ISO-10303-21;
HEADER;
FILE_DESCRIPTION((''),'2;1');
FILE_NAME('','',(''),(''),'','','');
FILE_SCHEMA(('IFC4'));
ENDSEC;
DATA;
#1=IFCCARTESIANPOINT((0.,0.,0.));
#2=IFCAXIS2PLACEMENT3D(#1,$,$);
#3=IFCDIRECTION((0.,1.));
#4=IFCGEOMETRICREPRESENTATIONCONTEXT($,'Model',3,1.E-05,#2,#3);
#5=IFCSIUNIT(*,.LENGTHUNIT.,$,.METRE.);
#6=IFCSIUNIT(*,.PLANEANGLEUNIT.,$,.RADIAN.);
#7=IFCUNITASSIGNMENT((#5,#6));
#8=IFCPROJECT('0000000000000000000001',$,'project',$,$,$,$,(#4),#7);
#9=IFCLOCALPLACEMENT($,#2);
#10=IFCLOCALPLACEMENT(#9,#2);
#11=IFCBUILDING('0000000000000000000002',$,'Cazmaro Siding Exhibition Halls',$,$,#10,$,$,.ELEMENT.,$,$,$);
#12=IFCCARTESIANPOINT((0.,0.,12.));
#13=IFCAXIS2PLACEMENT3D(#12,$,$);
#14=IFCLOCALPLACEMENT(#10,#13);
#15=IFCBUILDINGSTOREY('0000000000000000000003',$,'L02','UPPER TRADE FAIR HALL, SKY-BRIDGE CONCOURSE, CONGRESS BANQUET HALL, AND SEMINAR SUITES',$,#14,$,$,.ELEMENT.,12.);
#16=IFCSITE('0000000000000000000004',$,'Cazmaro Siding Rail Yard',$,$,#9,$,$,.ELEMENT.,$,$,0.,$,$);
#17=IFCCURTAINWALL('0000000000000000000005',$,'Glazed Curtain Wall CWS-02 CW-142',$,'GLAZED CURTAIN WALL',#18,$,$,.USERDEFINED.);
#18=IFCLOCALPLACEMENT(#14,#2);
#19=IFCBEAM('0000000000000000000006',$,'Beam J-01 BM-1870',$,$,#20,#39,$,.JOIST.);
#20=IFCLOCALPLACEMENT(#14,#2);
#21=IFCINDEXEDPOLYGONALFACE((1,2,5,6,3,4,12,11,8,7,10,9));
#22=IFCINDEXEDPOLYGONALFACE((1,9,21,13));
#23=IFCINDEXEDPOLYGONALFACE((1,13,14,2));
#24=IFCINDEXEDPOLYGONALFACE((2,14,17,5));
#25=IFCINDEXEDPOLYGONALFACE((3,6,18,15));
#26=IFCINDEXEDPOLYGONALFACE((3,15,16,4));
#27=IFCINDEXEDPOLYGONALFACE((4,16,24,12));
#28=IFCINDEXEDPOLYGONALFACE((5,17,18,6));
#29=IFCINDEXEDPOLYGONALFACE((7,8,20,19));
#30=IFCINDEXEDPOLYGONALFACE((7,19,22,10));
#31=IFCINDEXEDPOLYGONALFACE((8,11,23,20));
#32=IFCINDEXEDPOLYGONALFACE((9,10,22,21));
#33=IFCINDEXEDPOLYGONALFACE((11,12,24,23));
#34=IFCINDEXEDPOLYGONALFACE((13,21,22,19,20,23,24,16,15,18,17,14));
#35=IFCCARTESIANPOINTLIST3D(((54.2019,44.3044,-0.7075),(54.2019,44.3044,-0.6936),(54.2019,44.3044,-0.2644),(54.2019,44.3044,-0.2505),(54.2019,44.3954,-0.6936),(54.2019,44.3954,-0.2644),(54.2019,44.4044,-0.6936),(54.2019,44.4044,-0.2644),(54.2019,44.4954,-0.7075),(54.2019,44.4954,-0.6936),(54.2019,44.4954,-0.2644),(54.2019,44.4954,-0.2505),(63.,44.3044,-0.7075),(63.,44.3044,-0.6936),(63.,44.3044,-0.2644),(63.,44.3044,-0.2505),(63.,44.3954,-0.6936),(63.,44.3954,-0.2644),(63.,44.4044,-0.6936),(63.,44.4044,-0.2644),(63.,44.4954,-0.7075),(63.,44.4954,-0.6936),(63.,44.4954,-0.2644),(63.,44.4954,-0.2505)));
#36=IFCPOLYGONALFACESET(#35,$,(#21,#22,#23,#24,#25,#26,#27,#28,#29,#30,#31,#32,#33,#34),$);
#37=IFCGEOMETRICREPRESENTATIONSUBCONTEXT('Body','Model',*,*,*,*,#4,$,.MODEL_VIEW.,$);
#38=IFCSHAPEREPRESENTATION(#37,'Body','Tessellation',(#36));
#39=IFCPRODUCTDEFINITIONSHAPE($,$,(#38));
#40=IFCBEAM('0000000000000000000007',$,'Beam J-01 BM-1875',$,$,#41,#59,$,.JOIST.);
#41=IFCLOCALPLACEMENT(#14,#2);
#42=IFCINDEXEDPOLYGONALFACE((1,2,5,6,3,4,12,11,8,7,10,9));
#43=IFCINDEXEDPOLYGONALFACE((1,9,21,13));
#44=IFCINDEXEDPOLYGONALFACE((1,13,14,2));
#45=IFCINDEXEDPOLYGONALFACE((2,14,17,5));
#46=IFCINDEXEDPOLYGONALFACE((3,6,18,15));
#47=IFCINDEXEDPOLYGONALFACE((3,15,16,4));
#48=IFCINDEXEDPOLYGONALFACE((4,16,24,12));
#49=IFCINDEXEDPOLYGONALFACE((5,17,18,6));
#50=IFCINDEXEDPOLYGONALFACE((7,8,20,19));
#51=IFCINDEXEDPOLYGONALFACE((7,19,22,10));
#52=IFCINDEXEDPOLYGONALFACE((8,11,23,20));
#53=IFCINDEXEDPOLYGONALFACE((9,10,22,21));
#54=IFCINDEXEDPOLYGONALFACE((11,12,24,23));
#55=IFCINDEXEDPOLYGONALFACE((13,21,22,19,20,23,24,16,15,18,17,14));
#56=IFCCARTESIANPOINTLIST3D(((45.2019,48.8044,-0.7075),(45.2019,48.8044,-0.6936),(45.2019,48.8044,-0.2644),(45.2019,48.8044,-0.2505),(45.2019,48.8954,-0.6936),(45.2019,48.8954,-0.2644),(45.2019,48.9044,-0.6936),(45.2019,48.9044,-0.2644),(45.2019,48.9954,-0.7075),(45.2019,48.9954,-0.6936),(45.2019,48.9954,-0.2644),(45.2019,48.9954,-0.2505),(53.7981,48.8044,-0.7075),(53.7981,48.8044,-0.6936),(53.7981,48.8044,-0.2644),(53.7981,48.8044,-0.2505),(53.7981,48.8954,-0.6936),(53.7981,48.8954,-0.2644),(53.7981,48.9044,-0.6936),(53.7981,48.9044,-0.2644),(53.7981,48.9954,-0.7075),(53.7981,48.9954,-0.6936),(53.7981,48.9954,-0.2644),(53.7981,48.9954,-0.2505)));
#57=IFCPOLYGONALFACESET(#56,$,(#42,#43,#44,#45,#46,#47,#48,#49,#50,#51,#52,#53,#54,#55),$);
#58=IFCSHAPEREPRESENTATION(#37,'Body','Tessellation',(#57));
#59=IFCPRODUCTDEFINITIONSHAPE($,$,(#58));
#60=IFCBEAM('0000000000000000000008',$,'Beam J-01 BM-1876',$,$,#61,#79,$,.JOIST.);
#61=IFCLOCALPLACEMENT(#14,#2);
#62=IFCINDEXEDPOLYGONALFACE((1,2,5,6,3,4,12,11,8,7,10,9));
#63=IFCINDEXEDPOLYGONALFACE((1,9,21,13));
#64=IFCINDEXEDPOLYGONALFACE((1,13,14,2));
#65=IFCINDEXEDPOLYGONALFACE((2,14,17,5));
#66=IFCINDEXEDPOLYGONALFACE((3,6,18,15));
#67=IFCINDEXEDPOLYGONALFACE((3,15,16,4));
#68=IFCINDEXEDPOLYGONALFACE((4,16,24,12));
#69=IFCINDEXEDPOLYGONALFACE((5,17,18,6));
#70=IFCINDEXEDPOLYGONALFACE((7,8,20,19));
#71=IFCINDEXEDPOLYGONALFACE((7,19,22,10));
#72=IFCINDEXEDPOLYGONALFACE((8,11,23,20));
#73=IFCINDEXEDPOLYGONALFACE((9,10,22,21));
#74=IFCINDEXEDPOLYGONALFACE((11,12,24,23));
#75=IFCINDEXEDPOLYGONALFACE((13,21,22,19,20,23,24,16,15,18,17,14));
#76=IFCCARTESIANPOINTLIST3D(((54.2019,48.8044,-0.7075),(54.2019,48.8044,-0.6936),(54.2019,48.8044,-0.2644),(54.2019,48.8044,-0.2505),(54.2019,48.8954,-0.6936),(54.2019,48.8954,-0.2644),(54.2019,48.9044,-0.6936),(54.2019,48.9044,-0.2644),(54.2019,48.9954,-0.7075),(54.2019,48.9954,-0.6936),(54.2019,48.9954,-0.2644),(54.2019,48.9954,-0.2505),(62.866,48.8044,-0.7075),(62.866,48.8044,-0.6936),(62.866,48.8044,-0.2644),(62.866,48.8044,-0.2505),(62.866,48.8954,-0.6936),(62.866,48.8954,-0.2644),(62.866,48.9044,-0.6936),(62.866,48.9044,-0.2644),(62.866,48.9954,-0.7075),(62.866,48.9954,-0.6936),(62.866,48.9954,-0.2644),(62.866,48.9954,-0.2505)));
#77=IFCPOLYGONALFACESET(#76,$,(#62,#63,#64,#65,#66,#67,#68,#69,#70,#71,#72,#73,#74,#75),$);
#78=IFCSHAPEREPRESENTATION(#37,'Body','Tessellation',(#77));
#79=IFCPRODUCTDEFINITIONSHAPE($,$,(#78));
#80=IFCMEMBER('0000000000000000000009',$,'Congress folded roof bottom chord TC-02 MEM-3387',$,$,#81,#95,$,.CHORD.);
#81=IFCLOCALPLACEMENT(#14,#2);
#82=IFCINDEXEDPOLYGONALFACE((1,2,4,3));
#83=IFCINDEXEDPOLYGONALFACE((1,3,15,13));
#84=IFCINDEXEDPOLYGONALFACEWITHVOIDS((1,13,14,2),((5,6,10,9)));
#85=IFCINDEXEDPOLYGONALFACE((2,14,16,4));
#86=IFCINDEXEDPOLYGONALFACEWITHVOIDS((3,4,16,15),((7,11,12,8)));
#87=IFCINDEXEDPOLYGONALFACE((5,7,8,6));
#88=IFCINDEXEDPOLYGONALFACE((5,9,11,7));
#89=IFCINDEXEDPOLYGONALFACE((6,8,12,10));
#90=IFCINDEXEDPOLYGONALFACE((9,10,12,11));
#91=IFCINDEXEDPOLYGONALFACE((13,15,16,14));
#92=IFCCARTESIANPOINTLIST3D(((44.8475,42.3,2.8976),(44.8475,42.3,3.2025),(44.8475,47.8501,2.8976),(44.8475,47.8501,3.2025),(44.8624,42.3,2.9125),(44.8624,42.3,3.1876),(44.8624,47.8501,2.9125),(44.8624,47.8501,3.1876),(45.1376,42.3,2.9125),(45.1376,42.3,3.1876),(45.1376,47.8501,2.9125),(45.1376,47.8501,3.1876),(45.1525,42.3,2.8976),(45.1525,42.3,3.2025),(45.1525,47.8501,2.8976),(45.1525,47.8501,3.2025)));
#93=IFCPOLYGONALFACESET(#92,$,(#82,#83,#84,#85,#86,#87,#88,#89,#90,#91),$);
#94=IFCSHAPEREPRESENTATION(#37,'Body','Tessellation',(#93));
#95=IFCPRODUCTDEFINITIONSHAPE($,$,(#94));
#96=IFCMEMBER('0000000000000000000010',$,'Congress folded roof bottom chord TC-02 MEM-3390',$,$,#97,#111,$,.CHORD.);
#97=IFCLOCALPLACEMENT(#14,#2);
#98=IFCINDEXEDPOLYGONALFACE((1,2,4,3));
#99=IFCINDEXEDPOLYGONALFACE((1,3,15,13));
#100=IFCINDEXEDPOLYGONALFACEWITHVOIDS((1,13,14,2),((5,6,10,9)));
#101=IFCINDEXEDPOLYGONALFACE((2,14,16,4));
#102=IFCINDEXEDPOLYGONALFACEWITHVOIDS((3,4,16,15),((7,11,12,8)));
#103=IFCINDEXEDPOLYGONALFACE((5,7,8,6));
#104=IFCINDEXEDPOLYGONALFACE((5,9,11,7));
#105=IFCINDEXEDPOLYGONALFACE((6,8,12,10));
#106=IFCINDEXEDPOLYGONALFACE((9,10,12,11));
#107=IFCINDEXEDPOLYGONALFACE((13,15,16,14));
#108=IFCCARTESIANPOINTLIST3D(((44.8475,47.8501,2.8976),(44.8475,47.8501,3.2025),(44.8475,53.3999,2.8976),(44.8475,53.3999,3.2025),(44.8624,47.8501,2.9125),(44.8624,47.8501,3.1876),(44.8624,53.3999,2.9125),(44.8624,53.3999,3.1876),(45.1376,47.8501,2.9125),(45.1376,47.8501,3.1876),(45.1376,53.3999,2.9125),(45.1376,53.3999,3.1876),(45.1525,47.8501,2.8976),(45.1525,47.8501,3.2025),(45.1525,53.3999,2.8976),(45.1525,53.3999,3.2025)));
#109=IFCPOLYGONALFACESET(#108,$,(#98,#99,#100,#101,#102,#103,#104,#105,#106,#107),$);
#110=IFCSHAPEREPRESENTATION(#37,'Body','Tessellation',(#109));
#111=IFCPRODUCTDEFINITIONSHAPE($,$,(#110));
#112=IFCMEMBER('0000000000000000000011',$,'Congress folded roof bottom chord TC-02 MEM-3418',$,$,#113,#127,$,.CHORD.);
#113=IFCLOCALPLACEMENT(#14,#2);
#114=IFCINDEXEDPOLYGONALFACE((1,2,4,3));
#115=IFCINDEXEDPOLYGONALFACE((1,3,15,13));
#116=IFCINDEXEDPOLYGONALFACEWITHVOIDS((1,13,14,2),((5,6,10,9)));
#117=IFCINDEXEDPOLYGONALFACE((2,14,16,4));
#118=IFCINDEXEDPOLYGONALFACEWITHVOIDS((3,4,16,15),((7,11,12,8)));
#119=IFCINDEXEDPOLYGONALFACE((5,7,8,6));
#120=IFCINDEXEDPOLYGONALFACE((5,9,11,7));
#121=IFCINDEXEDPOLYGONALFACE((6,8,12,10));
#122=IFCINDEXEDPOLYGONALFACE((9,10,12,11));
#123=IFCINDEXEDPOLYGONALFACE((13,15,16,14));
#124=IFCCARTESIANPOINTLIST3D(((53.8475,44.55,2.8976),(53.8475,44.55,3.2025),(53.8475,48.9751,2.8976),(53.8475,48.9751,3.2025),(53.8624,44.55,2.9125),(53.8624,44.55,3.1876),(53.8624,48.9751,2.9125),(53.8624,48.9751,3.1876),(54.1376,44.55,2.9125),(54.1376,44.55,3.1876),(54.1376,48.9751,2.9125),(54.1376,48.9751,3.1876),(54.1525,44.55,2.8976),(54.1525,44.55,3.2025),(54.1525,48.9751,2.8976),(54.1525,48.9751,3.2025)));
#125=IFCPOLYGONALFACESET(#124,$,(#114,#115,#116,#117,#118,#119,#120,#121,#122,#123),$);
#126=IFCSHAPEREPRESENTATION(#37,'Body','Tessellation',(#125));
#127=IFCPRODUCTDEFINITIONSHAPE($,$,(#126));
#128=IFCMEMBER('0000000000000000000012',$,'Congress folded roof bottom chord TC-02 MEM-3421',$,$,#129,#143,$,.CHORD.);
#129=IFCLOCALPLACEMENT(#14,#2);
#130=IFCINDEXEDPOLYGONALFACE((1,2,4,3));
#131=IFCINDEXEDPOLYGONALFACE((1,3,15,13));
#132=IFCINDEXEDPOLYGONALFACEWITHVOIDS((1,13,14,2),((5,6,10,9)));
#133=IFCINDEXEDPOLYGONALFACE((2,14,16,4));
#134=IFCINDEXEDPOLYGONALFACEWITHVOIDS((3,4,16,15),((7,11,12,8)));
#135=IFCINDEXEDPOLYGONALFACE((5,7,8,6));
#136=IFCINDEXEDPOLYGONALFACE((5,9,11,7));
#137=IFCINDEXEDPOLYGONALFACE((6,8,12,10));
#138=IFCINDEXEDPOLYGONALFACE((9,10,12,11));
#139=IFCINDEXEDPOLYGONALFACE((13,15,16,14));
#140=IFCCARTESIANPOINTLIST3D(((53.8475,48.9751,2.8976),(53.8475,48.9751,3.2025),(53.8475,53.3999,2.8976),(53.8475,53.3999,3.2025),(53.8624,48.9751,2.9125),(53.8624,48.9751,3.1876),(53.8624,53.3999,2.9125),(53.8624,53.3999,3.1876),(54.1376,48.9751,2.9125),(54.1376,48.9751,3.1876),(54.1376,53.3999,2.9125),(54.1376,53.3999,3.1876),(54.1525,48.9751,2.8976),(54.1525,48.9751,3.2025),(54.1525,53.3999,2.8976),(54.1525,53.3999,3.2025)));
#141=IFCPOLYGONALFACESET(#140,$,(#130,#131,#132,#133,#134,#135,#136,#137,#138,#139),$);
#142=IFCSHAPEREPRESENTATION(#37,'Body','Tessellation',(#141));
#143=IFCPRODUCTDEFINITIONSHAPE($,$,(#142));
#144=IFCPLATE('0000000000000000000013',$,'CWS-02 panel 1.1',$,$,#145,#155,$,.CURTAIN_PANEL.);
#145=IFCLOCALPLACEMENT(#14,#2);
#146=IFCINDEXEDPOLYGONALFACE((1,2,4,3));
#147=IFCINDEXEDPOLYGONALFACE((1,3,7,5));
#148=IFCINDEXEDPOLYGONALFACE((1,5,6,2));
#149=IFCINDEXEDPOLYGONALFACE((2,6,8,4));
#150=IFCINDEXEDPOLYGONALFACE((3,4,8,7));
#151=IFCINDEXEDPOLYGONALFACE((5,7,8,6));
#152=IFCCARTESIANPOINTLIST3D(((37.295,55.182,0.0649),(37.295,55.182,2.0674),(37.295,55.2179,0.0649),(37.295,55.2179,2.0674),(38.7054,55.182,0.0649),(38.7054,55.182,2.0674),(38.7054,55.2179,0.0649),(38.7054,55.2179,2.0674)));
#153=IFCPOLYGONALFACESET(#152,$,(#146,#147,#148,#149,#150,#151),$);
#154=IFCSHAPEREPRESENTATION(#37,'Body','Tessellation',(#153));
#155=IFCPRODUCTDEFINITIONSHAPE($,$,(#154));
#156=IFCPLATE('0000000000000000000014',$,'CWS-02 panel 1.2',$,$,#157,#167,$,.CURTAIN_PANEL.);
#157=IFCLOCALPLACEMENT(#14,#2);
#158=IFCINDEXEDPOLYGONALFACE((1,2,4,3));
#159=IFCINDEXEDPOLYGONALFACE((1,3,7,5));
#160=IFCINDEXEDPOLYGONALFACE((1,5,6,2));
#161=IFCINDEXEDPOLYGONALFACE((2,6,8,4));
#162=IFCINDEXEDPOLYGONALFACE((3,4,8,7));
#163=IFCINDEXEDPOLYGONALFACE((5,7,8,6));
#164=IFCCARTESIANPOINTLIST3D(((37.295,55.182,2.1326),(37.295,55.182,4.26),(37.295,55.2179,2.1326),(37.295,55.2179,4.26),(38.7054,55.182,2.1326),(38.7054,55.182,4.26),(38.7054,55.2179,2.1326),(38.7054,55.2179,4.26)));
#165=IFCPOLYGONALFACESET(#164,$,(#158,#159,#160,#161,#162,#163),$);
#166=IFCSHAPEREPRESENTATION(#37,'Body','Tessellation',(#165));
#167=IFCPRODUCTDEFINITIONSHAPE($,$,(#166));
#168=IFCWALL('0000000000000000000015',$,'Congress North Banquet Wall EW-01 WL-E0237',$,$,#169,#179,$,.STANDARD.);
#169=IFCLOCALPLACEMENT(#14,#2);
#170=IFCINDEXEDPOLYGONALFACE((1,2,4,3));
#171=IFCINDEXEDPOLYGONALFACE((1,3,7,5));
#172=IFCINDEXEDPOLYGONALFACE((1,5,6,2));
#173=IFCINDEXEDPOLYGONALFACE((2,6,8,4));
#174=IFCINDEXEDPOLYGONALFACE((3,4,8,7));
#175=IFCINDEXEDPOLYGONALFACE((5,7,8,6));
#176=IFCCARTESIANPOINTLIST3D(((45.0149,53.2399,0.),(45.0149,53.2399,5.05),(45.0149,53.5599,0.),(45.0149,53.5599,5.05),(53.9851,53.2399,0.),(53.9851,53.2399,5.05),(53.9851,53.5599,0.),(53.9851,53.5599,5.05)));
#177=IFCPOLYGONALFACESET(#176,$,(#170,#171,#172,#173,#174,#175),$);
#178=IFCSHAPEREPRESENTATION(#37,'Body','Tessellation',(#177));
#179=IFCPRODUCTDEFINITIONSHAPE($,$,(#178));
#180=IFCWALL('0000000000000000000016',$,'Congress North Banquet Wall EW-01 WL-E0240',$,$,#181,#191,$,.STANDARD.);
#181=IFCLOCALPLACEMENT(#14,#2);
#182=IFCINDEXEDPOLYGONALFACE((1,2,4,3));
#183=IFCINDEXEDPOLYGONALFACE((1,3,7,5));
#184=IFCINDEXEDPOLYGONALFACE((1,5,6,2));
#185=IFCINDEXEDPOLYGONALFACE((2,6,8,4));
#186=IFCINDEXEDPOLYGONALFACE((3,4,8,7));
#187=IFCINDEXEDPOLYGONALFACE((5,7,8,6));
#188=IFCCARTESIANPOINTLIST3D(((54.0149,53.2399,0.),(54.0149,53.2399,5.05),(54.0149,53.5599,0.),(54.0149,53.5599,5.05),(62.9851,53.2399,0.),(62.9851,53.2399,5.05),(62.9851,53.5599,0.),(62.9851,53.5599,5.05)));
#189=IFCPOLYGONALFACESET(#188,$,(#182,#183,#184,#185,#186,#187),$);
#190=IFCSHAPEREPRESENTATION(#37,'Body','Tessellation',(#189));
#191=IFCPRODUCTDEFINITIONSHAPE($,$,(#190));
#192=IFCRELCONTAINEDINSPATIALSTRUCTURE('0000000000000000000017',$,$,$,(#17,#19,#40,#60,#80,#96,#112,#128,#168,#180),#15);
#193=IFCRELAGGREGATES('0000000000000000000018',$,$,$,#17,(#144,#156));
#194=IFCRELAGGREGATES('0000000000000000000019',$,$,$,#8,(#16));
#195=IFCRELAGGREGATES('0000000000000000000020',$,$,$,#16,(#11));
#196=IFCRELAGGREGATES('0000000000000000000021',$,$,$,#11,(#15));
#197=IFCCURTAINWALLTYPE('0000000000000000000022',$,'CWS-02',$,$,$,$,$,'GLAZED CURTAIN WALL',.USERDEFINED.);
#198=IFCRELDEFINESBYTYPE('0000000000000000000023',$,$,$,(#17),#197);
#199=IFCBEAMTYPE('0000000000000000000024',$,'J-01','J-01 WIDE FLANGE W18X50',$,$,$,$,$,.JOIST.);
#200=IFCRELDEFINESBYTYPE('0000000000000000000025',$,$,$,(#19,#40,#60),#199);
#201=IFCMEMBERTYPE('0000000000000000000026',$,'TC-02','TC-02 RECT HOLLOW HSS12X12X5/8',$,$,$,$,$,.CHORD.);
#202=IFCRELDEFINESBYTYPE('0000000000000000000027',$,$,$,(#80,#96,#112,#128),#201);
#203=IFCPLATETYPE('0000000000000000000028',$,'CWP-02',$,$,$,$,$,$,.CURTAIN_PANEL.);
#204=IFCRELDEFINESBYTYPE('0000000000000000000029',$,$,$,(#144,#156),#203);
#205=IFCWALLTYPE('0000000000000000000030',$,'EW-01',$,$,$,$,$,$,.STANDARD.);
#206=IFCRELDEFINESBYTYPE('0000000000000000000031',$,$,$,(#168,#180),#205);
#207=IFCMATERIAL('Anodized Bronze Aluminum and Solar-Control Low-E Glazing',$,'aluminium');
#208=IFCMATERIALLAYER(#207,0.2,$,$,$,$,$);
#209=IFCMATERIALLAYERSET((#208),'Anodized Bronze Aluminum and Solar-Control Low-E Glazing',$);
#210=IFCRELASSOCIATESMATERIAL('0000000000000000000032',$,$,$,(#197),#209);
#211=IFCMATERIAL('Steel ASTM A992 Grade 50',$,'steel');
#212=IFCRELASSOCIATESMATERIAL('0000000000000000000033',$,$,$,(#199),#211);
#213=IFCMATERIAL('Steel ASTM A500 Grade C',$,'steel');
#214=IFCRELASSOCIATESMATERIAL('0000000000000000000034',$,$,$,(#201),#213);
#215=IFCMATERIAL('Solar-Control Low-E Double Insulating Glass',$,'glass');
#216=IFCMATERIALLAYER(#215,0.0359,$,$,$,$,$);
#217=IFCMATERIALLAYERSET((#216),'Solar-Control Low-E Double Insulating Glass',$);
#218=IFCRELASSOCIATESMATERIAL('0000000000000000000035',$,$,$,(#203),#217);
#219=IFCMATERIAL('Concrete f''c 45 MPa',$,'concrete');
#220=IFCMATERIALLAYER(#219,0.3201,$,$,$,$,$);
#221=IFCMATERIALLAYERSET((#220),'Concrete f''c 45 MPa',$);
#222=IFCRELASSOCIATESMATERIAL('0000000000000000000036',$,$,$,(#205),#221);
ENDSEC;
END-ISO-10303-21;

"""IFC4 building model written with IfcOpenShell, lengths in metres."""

from ifc_helpers import new_model, si_unit, direction, frame, frame_2d, origin, origin_2d, place, context, subcontext, project, spatial, rectangle, hollow_rectangle, i_section, extrude, material, layer, layer_set, material_profile, profile_set, type_object, element, aggregate, save


model = new_model("IFC4")

# Units and contexts
model_context = context("Model", 3, precision=1e-05, world=origin(), true_north=direction((0.0, 1.0)))
body_context = subcontext(model_context, "Body", "Model", "MODEL_VIEW")
ifc_project = project(units=[si_unit("LENGTHUNIT", "METRE"), si_unit("PLANEANGLEUNIT", "RADIAN")], contexts=[model_context])

# Site, building, storey
site_placement = place(None, origin())
site = spatial("IfcSite", under=ifc_project, at=site_placement, Name="Cazmaro Siding Rail Yard", CompositionType="ELEMENT", RefElevation=0.0)
building_placement = place(site_placement, origin())
building = spatial("IfcBuilding", under=site, at=building_placement, Name="Cazmaro Siding Exhibition Halls", CompositionType="ELEMENT")
storey_placement = place(building_placement, frame((0.0, 0.0, 12.0)))
storey = spatial("IfcBuildingStorey", under=building, at=storey_placement, Name="L02", Description="UPPER TRADE FAIR HALL, SKY-BRIDGE CONCOURSE, CONGRESS BANQUET HALL, AND SEMINAR SUITES", CompositionType="ELEMENT", Elevation=12.0)

# Curtain wall
ifc_material_1 = material(Name="Anodized Bronze Aluminum and Solar-Control Low-E Glazing", Category="aluminium")
ifc_layer_1 = layer(ifc_material_1, 0.2)
ifc_layer_set_1 = layer_set([ifc_layer_1], Name="Anodized Bronze Aluminum and Solar-Control Low-E Glazing")
curtain_wall_type = type_object("IfcCurtainWallType", Name="CWS-02", ElementType="GLAZED CURTAIN WALL", PredefinedType="USERDEFINED", material=ifc_layer_set_1)
curtain_wall_placement = place(storey_placement, origin())
curtain_wall = element("IfcCurtainWall", 1, at=curtain_wall_placement, inside=storey, type_object=curtain_wall_type, Name="Glazed Curtain Wall CWS-02 CW-142", ObjectType="GLAZED CURTAIN WALL", PredefinedType="USERDEFINED")

# Beams
ifc_material_2 = material(Name="Steel ASTM A992 Grade 50", Category="steel")
ifc_material_profile_1 = material_profile(ifc_material_2, i_section(OverallWidth=0.1909, OverallDepth=0.457, WebThickness=0.009, FlangeThickness=0.0139, at=origin_2d()), Name="W18X50")
ifc_profile_set_1 = profile_set([ifc_material_profile_1], Name="Steel ASTM A992 Grade 50")
beam_type_1 = type_object("IfcBeamType", Name="J-01", Description="J-01 WIDE FLANGE W18X50", PredefinedType="JOIST", material=ifc_profile_set_1)
for number, where, z_axis, x_axis, name in (
    (2, (54.2019, 44.3999, -0.479), (1.0, 0.0, 0.0), (0.0, 1.0, 0.0), "Beam J-01 BM-1870"),
):
    element("IfcBeam", number, at=place(storey_placement, frame(where, z_axis=z_axis, x_axis=x_axis)), inside=storey, type_object=beam_type_1, Name=name, PredefinedType="JOIST", context=body_context, shape_type="SweptSolid", body=[
        extrude(i_section(OverallWidth=0.1909, OverallDepth=0.457, WebThickness=0.009, FlangeThickness=0.0139, at=origin_2d()), origin(), (0.0, 0.0, 1.0), 8.7981),
    ])
beam_1_placement = place(storey_placement, frame((45.2019, 48.8999, -0.479), z_axis=(1.0, 0.0, 0.0), x_axis=(0.0, 1.0, 0.0)))
element("IfcBeam", 3, at=beam_1_placement, inside=storey, type_object=beam_type_1, Name="Beam J-01 BM-1875", PredefinedType="JOIST", context=body_context, shape_type="SweptSolid", body=[
    extrude(i_section(OverallWidth=0.1909, OverallDepth=0.457, WebThickness=0.009, FlangeThickness=0.0139, at=origin_2d()), origin(), (0.0, 0.0, 1.0), 8.5962),
])
beam_2_placement = place(storey_placement, frame((54.2019, 48.8999, -0.479), z_axis=(1.0, 0.0, 0.0), x_axis=(0.0, 1.0, 0.0)))
element("IfcBeam", 4, at=beam_2_placement, inside=storey, type_object=beam_type_1, Name="Beam J-01 BM-1876", PredefinedType="JOIST", context=body_context, shape_type="SweptSolid", body=[
    extrude(i_section(OverallWidth=0.1909, OverallDepth=0.457, WebThickness=0.009, FlangeThickness=0.0139, at=origin_2d()), origin(), (0.0, 0.0, 1.0), 8.6641),
])

# Members
ifc_material_3 = material(Name="Steel ASTM A500 Grade C", Category="steel")
ifc_material_profile_2 = material_profile(ifc_material_3, hollow_rectangle(XDim=0.3049, YDim=0.3049, WallThickness=0.0149, at=origin_2d()), Name="HSS12X12X5/8")
ifc_profile_set_2 = profile_set([ifc_material_profile_2], Name="Steel ASTM A500 Grade C")
member_type_1 = type_object("IfcMemberType", Name="TC-02", Description="TC-02 RECT HOLLOW HSS12X12X5/8", PredefinedType="CHORD", material=ifc_profile_set_2)
member_1_placement = place(storey_placement, frame((45.0, 42.3, 3.05), z_axis=(0.0, 1.0, 0.0), x_axis=(-1.0, 0.0, 0.0)))
element("IfcMember", 5, at=member_1_placement, inside=storey, type_object=member_type_1, Name="Congress folded roof bottom chord TC-02 MEM-3387", PredefinedType="CHORD", context=body_context, shape_type="SweptSolid", body=[
    extrude(hollow_rectangle(XDim=0.3049, YDim=0.3049, WallThickness=0.0149, at=origin_2d()), origin(), (0.0, 0.0, 1.0), 5.55),
])
member_2_placement = place(storey_placement, frame((45.0, 47.8501, 3.05), z_axis=(0.0, 1.0, 0.0), x_axis=(-1.0, 0.0, 0.0)))
element("IfcMember", 6, at=member_2_placement, inside=storey, type_object=member_type_1, Name="Congress folded roof bottom chord TC-02 MEM-3390", PredefinedType="CHORD", context=body_context, shape_type="SweptSolid", body=[
    extrude(hollow_rectangle(XDim=0.3049, YDim=0.3049, WallThickness=0.0149, at=origin_2d()), origin(), (0.0, 0.0, 1.0), 5.5498),
])
member_3_placement = place(storey_placement, frame((54.0, 44.55, 3.05), z_axis=(0.0, 1.0, 0.0), x_axis=(-1.0, 0.0, 0.0)))
element("IfcMember", 7, at=member_3_placement, inside=storey, type_object=member_type_1, Name="Congress folded roof bottom chord TC-02 MEM-3418", PredefinedType="CHORD", context=body_context, shape_type="SweptSolid", body=[
    extrude(hollow_rectangle(XDim=0.3049, YDim=0.3049, WallThickness=0.0149, at=origin_2d()), origin(), (0.0, 0.0, 1.0), 4.425),
])
member_4_placement = place(storey_placement, frame((54.0, 48.9751, 3.05), z_axis=(0.0, 1.0, 0.0), x_axis=(-1.0, 0.0, 0.0)))
element("IfcMember", 8, at=member_4_placement, inside=storey, type_object=member_type_1, Name="Congress folded roof bottom chord TC-02 MEM-3421", PredefinedType="CHORD", context=body_context, shape_type="SweptSolid", body=[
    extrude(hollow_rectangle(XDim=0.3049, YDim=0.3049, WallThickness=0.0149, at=origin_2d()), origin(), (0.0, 0.0, 1.0), 4.4248),
])

# Plates
ifc_material_4 = material(Name="Solar-Control Low-E Double Insulating Glass", Category="glass")
ifc_layer_2 = layer(ifc_material_4, 0.0359)
ifc_layer_set_2 = layer_set([ifc_layer_2], Name="Solar-Control Low-E Double Insulating Glass")
plate_type = type_object("IfcPlateType", Name="CWP-02", PredefinedType="CURTAIN_PANEL", material=ifc_layer_set_2)
plate_1_placement = place(storey_placement, frame((38.0002, 55.2, 0.0649), z_axis=(0.0, 0.0, 1.0), x_axis=(1.0, 0.0, 0.0)))
plate_1 = element("IfcPlate", 9, at=plate_1_placement, type_object=plate_type, Name="CWS-02 panel 1.1", PredefinedType="CURTAIN_PANEL", context=body_context, shape_type="SweptSolid", body=[
    extrude(rectangle(XDim=1.4104, YDim=0.0359, at=origin_2d()), origin(), (0.0, 0.0, 1.0), 2.0024),
])
plate_2_placement = place(storey_placement, frame((38.0002, 55.2, 2.1326), z_axis=(0.0, 0.0, 1.0), x_axis=(1.0, 0.0, 0.0)))
plate_2 = element("IfcPlate", 10, at=plate_2_placement, type_object=plate_type, Name="CWS-02 panel 1.2", PredefinedType="CURTAIN_PANEL", context=body_context, shape_type="SweptSolid", body=[
    extrude(rectangle(XDim=1.4104, YDim=0.0359, at=origin_2d()), origin(), (0.0, 0.0, 1.0), 2.1274),
])
aggregate(curtain_wall, [plate_1, plate_2])

# Walls
ifc_material_5 = material(Name="Concrete f'c 45 MPa", Category="concrete")
ifc_layer_3 = layer(ifc_material_5, 0.3201)
ifc_layer_set_3 = layer_set([ifc_layer_3], Name="Concrete f'c 45 MPa")
wall_type = type_object("IfcWallType", Name="EW-01", PredefinedType="STANDARD", material=ifc_layer_set_3)
for number, where, z_axis, x_axis, name in (
    (11, (45.0149, 53.3999, 0.0), (0.0, 0.0, 1.0), (1.0, 0.0, 0.0), "Congress North Banquet Wall EW-01 WL-E0237"),
    (12, (54.0149, 53.3999, 0.0), (0.0, 0.0, 1.0), (1.0, 0.0, 0.0), "Congress North Banquet Wall EW-01 WL-E0240"),
):
    element("IfcWall", number, at=place(storey_placement, frame(where, z_axis=z_axis, x_axis=x_axis)), inside=storey, type_object=wall_type, Name=name, PredefinedType="STANDARD", context=body_context, shape_type="SweptSolid", body=[
        extrude(rectangle(XDim=8.9702, YDim=0.3201, at=frame_2d((4.4851, 0.0))), origin(), (0.0, 0.0, 1.0), 5.05),
    ])

save(model, "model.ifc")
